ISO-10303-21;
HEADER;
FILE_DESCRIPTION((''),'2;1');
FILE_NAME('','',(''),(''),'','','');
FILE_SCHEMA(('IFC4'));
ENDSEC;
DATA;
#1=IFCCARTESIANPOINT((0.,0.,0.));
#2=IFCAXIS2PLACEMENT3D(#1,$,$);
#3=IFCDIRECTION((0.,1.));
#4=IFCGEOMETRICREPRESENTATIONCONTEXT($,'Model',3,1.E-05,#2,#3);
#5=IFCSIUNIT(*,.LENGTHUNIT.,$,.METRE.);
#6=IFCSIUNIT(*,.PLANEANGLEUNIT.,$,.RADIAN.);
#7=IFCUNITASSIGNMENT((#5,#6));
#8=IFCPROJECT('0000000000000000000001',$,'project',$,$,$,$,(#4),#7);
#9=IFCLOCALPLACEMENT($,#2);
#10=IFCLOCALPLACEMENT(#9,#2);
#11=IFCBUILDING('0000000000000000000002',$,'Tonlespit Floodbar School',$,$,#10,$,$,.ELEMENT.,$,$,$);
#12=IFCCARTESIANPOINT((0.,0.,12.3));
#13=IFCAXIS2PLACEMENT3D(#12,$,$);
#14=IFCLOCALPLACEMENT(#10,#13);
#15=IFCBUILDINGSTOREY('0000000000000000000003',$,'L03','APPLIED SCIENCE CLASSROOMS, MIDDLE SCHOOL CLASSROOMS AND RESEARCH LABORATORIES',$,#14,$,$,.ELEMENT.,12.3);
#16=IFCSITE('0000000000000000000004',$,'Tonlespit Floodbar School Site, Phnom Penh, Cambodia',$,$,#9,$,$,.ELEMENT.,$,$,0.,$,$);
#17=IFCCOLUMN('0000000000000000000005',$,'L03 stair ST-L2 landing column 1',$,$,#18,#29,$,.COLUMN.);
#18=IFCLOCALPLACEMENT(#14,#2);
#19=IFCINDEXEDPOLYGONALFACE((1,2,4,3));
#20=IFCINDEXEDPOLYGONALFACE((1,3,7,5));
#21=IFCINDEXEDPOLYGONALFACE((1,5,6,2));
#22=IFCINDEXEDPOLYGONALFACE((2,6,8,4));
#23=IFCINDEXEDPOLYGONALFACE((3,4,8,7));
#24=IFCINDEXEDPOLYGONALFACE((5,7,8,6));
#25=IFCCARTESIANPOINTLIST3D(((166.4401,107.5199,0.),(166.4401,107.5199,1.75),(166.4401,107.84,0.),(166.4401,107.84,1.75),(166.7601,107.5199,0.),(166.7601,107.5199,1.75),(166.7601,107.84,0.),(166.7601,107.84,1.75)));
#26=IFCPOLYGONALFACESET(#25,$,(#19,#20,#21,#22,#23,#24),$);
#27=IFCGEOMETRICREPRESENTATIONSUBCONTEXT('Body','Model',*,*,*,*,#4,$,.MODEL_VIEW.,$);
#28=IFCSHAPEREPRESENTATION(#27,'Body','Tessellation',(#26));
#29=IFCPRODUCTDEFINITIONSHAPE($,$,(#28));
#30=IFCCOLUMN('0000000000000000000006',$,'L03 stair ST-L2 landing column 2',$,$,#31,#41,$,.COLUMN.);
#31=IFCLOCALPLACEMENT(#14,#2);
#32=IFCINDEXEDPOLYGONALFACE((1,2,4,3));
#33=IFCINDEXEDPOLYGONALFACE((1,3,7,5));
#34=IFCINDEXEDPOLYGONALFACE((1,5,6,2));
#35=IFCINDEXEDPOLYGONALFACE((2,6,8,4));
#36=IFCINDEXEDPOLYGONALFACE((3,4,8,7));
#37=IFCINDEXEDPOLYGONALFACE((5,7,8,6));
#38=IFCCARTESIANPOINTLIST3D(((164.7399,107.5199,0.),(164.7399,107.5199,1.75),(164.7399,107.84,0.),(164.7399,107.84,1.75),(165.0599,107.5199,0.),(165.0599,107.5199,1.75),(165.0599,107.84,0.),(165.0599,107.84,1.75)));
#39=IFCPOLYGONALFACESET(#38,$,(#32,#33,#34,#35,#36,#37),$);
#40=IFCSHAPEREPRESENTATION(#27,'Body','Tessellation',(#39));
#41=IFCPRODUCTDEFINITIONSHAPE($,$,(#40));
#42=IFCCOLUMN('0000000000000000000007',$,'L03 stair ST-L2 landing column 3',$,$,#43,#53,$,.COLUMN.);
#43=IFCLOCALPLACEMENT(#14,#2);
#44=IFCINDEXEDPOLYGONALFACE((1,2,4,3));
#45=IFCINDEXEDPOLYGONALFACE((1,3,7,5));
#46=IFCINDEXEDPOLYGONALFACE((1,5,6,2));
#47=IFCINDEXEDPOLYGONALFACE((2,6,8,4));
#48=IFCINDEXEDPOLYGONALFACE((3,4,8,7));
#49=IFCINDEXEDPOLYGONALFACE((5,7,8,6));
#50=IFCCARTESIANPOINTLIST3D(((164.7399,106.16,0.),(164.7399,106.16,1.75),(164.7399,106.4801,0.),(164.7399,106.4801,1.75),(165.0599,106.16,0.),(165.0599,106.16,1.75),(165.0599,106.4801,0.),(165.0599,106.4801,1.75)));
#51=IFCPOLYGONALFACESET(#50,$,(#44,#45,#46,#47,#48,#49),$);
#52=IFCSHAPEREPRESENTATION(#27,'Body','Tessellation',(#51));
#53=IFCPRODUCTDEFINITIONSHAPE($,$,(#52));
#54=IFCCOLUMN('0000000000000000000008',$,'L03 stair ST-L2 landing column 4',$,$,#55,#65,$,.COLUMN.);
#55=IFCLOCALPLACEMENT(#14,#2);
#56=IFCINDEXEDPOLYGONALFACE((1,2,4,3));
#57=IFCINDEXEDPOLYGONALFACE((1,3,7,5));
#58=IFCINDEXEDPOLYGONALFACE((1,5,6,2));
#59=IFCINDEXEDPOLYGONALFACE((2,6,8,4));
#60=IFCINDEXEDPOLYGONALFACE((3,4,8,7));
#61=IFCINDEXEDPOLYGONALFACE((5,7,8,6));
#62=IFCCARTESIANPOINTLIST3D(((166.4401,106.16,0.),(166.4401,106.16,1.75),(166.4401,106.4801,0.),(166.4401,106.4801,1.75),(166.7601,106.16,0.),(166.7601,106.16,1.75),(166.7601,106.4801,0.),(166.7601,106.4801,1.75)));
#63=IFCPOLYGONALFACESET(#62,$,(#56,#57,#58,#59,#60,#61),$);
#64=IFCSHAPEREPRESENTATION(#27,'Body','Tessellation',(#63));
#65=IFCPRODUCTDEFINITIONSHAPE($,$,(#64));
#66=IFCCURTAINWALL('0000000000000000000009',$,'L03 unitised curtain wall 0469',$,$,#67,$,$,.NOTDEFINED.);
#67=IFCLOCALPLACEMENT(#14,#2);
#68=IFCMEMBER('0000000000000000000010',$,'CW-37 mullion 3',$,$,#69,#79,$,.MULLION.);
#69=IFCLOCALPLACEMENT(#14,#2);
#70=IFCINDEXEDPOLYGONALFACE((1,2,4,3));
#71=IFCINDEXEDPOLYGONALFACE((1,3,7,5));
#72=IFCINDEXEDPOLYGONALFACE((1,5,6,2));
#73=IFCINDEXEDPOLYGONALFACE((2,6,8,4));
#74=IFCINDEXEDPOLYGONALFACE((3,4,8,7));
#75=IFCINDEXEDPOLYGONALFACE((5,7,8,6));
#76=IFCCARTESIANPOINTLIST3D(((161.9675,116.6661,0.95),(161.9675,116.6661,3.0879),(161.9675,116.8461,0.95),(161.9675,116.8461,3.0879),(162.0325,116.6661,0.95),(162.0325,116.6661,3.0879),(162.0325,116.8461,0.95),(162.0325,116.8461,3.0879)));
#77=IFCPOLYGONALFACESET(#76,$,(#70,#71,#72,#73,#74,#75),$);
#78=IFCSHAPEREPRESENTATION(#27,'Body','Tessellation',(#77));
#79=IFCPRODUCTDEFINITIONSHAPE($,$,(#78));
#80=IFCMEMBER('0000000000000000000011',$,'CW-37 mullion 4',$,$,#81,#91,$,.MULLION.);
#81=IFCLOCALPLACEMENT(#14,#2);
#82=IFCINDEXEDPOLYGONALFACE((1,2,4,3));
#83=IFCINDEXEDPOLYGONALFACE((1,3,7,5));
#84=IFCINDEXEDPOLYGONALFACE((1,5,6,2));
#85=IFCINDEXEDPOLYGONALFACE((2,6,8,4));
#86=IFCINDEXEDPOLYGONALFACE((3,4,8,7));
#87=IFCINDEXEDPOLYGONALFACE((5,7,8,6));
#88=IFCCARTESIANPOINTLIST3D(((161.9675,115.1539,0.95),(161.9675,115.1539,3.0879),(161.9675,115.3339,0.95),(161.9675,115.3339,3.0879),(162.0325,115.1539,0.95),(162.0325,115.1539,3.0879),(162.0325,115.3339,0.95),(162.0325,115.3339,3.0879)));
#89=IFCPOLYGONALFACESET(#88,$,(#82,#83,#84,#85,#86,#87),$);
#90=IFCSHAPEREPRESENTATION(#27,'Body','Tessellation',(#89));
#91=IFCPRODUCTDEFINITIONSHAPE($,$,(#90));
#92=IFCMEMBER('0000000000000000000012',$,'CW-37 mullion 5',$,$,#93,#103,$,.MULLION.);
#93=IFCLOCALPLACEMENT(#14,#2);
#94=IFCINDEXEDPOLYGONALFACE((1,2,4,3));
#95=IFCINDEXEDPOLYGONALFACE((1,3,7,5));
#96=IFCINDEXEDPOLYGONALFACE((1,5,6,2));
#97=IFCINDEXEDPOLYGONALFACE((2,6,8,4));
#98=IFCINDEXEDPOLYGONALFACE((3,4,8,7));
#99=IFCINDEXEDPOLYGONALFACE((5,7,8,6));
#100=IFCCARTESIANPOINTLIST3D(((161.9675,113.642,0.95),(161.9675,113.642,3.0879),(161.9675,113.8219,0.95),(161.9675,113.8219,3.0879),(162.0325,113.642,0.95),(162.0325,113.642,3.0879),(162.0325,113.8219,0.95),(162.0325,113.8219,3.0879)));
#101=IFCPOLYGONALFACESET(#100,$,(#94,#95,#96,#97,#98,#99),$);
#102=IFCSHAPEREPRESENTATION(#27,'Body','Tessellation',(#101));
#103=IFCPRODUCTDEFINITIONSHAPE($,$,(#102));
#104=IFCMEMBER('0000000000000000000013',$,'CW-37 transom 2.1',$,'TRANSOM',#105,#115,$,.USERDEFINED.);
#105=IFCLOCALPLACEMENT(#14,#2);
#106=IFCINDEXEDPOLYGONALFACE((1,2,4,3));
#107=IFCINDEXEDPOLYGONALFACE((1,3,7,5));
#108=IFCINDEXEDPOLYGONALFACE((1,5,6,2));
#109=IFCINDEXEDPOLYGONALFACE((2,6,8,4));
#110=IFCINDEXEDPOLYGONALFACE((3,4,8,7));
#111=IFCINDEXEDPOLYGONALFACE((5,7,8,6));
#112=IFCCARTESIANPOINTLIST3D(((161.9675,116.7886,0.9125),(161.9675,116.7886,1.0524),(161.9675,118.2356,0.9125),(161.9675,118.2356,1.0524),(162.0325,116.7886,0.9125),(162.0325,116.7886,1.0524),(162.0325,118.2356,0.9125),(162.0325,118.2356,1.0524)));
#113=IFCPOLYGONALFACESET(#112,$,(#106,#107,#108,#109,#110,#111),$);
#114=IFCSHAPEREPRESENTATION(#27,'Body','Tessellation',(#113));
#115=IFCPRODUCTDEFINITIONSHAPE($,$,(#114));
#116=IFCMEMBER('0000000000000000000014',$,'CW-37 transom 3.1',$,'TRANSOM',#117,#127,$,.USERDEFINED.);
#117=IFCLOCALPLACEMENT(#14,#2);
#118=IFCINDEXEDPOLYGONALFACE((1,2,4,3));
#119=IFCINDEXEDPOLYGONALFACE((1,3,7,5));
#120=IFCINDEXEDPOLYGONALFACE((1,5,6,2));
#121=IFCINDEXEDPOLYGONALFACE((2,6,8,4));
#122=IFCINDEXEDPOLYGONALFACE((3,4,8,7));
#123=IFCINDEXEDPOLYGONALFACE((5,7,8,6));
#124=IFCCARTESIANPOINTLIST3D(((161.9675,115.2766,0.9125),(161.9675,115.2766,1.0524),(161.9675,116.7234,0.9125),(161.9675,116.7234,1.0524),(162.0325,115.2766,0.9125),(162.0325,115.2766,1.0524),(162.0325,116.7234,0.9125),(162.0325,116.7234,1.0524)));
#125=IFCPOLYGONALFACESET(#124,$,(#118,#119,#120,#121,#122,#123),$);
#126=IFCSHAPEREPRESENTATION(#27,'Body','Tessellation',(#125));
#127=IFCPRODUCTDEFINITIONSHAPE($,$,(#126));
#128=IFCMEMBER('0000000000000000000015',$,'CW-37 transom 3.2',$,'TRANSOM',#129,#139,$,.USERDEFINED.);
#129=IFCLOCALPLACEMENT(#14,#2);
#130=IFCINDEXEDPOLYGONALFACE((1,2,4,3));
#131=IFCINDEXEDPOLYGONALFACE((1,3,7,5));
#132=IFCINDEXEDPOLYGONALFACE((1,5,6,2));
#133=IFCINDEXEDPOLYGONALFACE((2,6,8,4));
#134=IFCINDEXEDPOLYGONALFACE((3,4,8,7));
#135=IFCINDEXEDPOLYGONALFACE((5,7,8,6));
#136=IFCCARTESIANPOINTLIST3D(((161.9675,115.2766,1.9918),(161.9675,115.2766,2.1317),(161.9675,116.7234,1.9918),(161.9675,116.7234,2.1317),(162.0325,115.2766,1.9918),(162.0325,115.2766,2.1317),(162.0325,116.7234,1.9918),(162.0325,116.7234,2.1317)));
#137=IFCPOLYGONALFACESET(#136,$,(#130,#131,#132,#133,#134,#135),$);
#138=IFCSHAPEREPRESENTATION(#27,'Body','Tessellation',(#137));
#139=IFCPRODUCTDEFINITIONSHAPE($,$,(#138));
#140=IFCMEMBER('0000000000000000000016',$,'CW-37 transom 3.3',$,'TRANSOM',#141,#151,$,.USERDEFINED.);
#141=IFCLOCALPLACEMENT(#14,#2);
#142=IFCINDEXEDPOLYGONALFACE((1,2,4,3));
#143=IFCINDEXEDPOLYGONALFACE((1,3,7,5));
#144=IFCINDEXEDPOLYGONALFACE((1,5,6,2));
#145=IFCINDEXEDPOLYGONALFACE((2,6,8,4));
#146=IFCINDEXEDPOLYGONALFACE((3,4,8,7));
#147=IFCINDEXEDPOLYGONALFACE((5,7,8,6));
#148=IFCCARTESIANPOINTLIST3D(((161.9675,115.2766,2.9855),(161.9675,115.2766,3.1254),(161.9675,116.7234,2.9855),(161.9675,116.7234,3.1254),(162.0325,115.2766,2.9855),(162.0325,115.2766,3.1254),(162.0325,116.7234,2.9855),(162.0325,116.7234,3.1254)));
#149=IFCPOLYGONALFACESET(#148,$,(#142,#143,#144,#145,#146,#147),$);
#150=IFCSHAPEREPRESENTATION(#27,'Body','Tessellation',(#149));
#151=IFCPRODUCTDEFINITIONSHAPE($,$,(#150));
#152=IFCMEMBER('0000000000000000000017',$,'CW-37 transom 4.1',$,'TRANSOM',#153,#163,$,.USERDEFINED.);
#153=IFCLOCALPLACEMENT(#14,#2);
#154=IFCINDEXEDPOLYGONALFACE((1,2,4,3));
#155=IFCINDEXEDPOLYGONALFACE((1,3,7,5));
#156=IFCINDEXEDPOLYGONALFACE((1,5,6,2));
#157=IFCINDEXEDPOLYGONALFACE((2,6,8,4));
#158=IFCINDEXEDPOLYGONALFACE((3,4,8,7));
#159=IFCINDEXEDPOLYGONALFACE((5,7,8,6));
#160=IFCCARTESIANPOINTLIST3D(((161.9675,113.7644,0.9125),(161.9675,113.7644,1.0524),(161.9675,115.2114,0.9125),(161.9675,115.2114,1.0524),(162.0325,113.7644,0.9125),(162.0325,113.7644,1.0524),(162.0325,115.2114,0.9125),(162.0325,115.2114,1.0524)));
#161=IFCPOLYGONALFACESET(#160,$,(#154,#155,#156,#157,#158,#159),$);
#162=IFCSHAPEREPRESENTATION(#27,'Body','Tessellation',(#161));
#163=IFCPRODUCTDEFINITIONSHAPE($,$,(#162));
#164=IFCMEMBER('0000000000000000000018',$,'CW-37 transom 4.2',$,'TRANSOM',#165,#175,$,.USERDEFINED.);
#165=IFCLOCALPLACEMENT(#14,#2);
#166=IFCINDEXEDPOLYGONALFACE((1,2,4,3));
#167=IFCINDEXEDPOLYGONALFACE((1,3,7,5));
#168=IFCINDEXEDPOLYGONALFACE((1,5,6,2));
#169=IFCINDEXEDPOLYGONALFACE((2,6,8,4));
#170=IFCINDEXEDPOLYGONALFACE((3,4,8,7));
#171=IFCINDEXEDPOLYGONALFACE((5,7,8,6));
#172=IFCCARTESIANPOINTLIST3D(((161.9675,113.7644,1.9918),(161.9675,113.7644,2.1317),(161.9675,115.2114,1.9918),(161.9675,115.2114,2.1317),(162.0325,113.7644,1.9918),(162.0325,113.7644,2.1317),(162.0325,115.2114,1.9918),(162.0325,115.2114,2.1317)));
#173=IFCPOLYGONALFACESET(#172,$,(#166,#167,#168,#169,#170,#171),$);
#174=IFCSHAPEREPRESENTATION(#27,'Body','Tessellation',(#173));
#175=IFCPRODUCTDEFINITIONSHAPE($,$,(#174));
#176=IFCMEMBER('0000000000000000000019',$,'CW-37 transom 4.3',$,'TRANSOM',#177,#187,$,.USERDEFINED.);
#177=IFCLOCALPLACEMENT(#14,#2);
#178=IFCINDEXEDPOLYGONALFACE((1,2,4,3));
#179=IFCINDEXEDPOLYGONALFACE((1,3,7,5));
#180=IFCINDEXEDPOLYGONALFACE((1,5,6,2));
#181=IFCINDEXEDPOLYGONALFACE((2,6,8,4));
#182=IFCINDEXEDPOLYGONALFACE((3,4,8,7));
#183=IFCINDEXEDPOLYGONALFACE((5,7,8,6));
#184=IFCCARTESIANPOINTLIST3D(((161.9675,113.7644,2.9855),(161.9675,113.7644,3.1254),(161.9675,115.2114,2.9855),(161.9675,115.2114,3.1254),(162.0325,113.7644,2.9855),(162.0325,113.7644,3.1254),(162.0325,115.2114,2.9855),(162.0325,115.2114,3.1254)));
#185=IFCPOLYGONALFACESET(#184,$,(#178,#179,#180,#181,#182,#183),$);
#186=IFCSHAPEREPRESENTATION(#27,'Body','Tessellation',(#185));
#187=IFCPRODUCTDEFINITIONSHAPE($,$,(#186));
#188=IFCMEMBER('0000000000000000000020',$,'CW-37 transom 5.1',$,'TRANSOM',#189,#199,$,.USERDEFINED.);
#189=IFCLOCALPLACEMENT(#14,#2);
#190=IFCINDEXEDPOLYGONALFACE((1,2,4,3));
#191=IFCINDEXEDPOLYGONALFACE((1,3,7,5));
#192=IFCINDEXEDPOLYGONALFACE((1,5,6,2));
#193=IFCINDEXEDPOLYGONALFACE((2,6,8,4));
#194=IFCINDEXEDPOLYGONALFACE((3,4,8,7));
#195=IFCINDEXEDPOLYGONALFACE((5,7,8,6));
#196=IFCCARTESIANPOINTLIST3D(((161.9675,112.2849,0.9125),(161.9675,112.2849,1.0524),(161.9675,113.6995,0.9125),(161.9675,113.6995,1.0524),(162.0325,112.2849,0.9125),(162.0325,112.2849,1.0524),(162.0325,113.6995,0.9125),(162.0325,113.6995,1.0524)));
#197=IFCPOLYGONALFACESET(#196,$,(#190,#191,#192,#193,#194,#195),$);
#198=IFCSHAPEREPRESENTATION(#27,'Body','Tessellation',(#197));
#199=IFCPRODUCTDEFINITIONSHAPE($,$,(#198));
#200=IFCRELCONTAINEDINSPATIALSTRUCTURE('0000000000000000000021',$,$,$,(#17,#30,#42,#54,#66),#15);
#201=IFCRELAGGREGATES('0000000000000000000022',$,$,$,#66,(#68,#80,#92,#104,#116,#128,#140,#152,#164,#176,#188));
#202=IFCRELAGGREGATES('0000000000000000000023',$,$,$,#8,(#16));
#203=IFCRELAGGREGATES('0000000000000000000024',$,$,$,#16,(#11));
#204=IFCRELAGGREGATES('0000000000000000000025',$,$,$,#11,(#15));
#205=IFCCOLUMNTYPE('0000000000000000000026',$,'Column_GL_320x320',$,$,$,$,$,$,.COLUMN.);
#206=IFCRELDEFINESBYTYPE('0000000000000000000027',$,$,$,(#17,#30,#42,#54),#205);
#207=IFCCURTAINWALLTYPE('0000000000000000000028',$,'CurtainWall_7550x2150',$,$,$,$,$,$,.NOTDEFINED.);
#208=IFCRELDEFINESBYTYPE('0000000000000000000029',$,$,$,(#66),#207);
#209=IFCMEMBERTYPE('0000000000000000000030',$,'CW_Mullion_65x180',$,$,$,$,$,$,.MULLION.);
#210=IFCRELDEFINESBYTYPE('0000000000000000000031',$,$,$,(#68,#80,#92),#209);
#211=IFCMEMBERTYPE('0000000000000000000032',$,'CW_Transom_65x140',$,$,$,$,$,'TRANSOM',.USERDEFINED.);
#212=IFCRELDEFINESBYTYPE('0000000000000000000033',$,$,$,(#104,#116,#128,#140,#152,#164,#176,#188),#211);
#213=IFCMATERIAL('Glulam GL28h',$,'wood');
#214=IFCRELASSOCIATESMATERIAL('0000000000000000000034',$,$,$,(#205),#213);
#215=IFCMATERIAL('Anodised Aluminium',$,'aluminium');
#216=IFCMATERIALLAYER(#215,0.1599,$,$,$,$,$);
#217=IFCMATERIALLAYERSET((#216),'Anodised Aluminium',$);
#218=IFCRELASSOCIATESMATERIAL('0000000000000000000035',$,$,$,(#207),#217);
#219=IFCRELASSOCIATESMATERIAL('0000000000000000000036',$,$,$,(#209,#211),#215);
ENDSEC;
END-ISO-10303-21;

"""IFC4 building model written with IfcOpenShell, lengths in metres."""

from ifc_helpers import new_model, si_unit, direction, frame, origin, origin_2d, place, context, subcontext, project, spatial, rectangle, extrude, material, layer, layer_set, material_profile, profile_set, type_object, element, aggregate, save


model = new_model("IFC4")

# Units and contexts
model_context = context("Model", 3, precision=1e-05, world=origin(), true_north=direction((0.0, 1.0)))
body_context = subcontext(model_context, "Body", "Model", "MODEL_VIEW")
ifc_project = project(units=[si_unit("LENGTHUNIT", "METRE"), si_unit("PLANEANGLEUNIT", "RADIAN")], contexts=[model_context])

# Site, building, storey
site_placement = place(None, origin())
site = spatial("IfcSite", under=ifc_project, at=site_placement, Name="Tonlespit Floodbar School Site, Phnom Penh, Cambodia", CompositionType="ELEMENT", RefElevation=0.0)
building_placement = place(site_placement, origin())
building = spatial("IfcBuilding", under=site, at=building_placement, Name="Tonlespit Floodbar School", CompositionType="ELEMENT")
storey_placement = place(building_placement, frame((0.0, 0.0, 12.3)))
storey = spatial("IfcBuildingStorey", under=building, at=storey_placement, Name="L03", Description="APPLIED SCIENCE CLASSROOMS, MIDDLE SCHOOL CLASSROOMS AND RESEARCH LABORATORIES", CompositionType="ELEMENT", Elevation=12.3)

# Columns
ifc_material_1 = material(Name="Glulam GL28h", Category="wood")
ifc_material_profile_1 = material_profile(ifc_material_1, rectangle(XDim=0.3201, YDim=0.3201, at=origin_2d()), Name="GL 320x320")
ifc_profile_set_1 = profile_set([ifc_material_profile_1], Name="Glulam GL28h")
column_type = type_object("IfcColumnType", Name="Column_GL_320x320", PredefinedType="COLUMN", material=ifc_profile_set_1)
for number, where, z_axis, x_axis, name in (
    (1, (166.6001, 107.6799, 0.0), (0.0, 0.0, 1.0), (1.0, 0.0, 0.0), "L03 stair ST-L2 landing column 1"),
    (2, (164.8999, 107.6799, 0.0), (0.0, 0.0, 1.0), (1.0, 0.0, 0.0), "L03 stair ST-L2 landing column 2"),
    (3, (164.8999, 106.3201, 0.0), (0.0, 0.0, 1.0), (1.0, 0.0, 0.0), "L03 stair ST-L2 landing column 3"),
    (4, (166.6001, 106.3201, 0.0), (0.0, 0.0, 1.0), (1.0, 0.0, 0.0), "L03 stair ST-L2 landing column 4"),
):
    element("IfcColumn", number, at=place(storey_placement, frame(where, z_axis=z_axis, x_axis=x_axis)), inside=storey, type_object=column_type, Name=name, PredefinedType="COLUMN", context=body_context, shape_type="SweptSolid", body=[
        extrude(rectangle(XDim=0.3201, YDim=0.3201, at=origin_2d()), origin(), (0.0, 0.0, 1.0), 1.75),
    ])

# Curtain wall, members
ifc_material_2 = material(Name="Anodised Aluminium", Category="aluminium")
ifc_layer_1 = layer(ifc_material_2, 0.1599)
ifc_layer_set_1 = layer_set([ifc_layer_1], Name="Anodised Aluminium")
curtain_wall_type = type_object("IfcCurtainWallType", Name="CurtainWall_7550x2150", PredefinedType="NOTDEFINED", material=ifc_layer_set_1)
curtain_wall_placement = place(storey_placement, origin())
curtain_wall = element("IfcCurtainWall", 5, at=curtain_wall_placement, inside=storey, type_object=curtain_wall_type, Name="L03 unitised curtain wall 0469", PredefinedType="NOTDEFINED")
ifc_material_profile_2 = material_profile(ifc_material_2, rectangle(XDim=0.0649, YDim=0.1799, at=origin_2d()), Name="ALU M65x180")
ifc_profile_set_2 = profile_set([ifc_material_profile_2], Name="Anodised Aluminium")
member_type_1 = type_object("IfcMemberType", Name="CW_Mullion_65x180", PredefinedType="MULLION", material=ifc_profile_set_2)
member_1_placement = place(storey_placement, frame((162.0, 116.7561, 0.95), z_axis=(0.0, 0.0, 1.0), x_axis=(1.0, 0.0, 0.0)))
member_1 = element("IfcMember", 6, at=member_1_placement, type_object=member_type_1, Name="CW-37 mullion 3", PredefinedType="MULLION", context=body_context, shape_type="SweptSolid", body=[
    extrude(rectangle(XDim=0.0649, YDim=0.1799, at=origin_2d()), origin(), (0.0, 0.0, 1.0), 2.1379),
])
member_2_placement = place(storey_placement, frame((162.0, 115.2439, 0.95), z_axis=(0.0, 0.0, 1.0), x_axis=(1.0, 0.0, 0.0)))
member_2 = element("IfcMember", 7, at=member_2_placement, type_object=member_type_1, Name="CW-37 mullion 4", PredefinedType="MULLION", context=body_context, shape_type="SweptSolid", body=[
    extrude(rectangle(XDim=0.0649, YDim=0.1799, at=origin_2d()), origin(), (0.0, 0.0, 1.0), 2.1379),
])
member_3_placement = place(storey_placement, frame((162.0, 113.7319, 0.95), z_axis=(0.0, 0.0, 1.0), x_axis=(1.0, 0.0, 0.0)))
member_3 = element("IfcMember", 8, at=member_3_placement, type_object=member_type_1, Name="CW-37 mullion 5", PredefinedType="MULLION", context=body_context, shape_type="SweptSolid", body=[
    extrude(rectangle(XDim=0.0649, YDim=0.1799, at=origin_2d()), origin(), (0.0, 0.0, 1.0), 2.1379),
])
ifc_material_profile_3 = material_profile(ifc_material_2, rectangle(XDim=0.0649, YDim=0.1399, at=origin_2d()), Name="ALU T65x140")
ifc_profile_set_3 = profile_set([ifc_material_profile_3], Name="Anodised Aluminium")
member_type_2 = type_object("IfcMemberType", Name="CW_Transom_65x140", ElementType="TRANSOM", PredefinedType="USERDEFINED", material=ifc_profile_set_3)
member_4_placement = place(storey_placement, frame((162.0, 118.2356, 0.9824), z_axis=(0.0, -1.0, 0.0), x_axis=(1.0, 0.0, 0.0)))
member_4 = element("IfcMember", 9, at=member_4_placement, type_object=member_type_2, Name="CW-37 transom 2.1", ObjectType="TRANSOM", PredefinedType="USERDEFINED", context=body_context, shape_type="SweptSolid", body=[
    extrude(rectangle(XDim=0.0649, YDim=0.1399, at=origin_2d()), origin(), (0.0, 0.0, 1.0), 1.447),
])
member_5_placement = place(storey_placement, frame((162.0, 116.7234, 0.9824), z_axis=(0.0, -1.0, 0.0), x_axis=(1.0, 0.0, 0.0)))
member_5 = element("IfcMember", 10, at=member_5_placement, type_object=member_type_2, Name="CW-37 transom 3.1", ObjectType="TRANSOM", PredefinedType="USERDEFINED", context=body_context, shape_type="SweptSolid", body=[
    extrude(rectangle(XDim=0.0649, YDim=0.1399, at=origin_2d()), origin(), (0.0, 0.0, 1.0), 1.4468),
])
member_6_placement = place(storey_placement, frame((162.0, 116.7234, 2.0618), z_axis=(0.0, -1.0, 0.0), x_axis=(1.0, 0.0, 0.0)))
member_6 = element("IfcMember", 11, at=member_6_placement, type_object=member_type_2, Name="CW-37 transom 3.2", ObjectType="TRANSOM", PredefinedType="USERDEFINED", context=body_context, shape_type="SweptSolid", body=[
    extrude(rectangle(XDim=0.0649, YDim=0.1399, at=origin_2d()), origin(), (0.0, 0.0, 1.0), 1.4468),
])
member_7_placement = place(storey_placement, frame((162.0, 116.7234, 3.0554), z_axis=(0.0, -1.0, 0.0), x_axis=(1.0, 0.0, 0.0)))
member_7 = element("IfcMember", 12, at=member_7_placement, type_object=member_type_2, Name="CW-37 transom 3.3", ObjectType="TRANSOM", PredefinedType="USERDEFINED", context=body_context, shape_type="SweptSolid", body=[
    extrude(rectangle(XDim=0.0649, YDim=0.1399, at=origin_2d()), origin(), (0.0, 0.0, 1.0), 1.4468),
])
member_8_placement = place(storey_placement, frame((162.0, 115.2114, 0.9824), z_axis=(0.0, -1.0, 0.0), x_axis=(1.0, 0.0, 0.0)))
member_8 = element("IfcMember", 13, at=member_8_placement, type_object=member_type_2, Name="CW-37 transom 4.1", ObjectType="TRANSOM", PredefinedType="USERDEFINED", context=body_context, shape_type="SweptSolid", body=[
    extrude(rectangle(XDim=0.0649, YDim=0.1399, at=origin_2d()), origin(), (0.0, 0.0, 1.0), 1.447),
])
member_9_placement = place(storey_placement, frame((162.0, 115.2114, 2.0618), z_axis=(0.0, -1.0, 0.0), x_axis=(1.0, 0.0, 0.0)))
member_9 = element("IfcMember", 14, at=member_9_placement, type_object=member_type_2, Name="CW-37 transom 4.2", ObjectType="TRANSOM", PredefinedType="USERDEFINED", context=body_context, shape_type="SweptSolid", body=[
    extrude(rectangle(XDim=0.0649, YDim=0.1399, at=origin_2d()), origin(), (0.0, 0.0, 1.0), 1.447),
])
member_10_placement = place(storey_placement, frame((162.0, 115.2114, 3.0554), z_axis=(0.0, -1.0, 0.0), x_axis=(1.0, 0.0, 0.0)))
member_10 = element("IfcMember", 15, at=member_10_placement, type_object=member_type_2, Name="CW-37 transom 4.3", ObjectType="TRANSOM", PredefinedType="USERDEFINED", context=body_context, shape_type="SweptSolid", body=[
    extrude(rectangle(XDim=0.0649, YDim=0.1399, at=origin_2d()), origin(), (0.0, 0.0, 1.0), 1.447),
])
member_11_placement = place(storey_placement, frame((162.0, 113.6995, 0.9824), z_axis=(0.0, -1.0, 0.0), x_axis=(1.0, 0.0, 0.0)))
member_11 = element("IfcMember", 16, at=member_11_placement, type_object=member_type_2, Name="CW-37 transom 5.1", ObjectType="TRANSOM", PredefinedType="USERDEFINED", context=body_context, shape_type="SweptSolid", body=[
    extrude(rectangle(XDim=0.0649, YDim=0.1399, at=origin_2d()), origin(), (0.0, 0.0, 1.0), 1.4146),
])
aggregate(curtain_wall, [member_1, member_2, member_3, member_4, member_5, member_6, member_7, member_8, member_9, member_10, member_11])

save(model, "model.ifc")
